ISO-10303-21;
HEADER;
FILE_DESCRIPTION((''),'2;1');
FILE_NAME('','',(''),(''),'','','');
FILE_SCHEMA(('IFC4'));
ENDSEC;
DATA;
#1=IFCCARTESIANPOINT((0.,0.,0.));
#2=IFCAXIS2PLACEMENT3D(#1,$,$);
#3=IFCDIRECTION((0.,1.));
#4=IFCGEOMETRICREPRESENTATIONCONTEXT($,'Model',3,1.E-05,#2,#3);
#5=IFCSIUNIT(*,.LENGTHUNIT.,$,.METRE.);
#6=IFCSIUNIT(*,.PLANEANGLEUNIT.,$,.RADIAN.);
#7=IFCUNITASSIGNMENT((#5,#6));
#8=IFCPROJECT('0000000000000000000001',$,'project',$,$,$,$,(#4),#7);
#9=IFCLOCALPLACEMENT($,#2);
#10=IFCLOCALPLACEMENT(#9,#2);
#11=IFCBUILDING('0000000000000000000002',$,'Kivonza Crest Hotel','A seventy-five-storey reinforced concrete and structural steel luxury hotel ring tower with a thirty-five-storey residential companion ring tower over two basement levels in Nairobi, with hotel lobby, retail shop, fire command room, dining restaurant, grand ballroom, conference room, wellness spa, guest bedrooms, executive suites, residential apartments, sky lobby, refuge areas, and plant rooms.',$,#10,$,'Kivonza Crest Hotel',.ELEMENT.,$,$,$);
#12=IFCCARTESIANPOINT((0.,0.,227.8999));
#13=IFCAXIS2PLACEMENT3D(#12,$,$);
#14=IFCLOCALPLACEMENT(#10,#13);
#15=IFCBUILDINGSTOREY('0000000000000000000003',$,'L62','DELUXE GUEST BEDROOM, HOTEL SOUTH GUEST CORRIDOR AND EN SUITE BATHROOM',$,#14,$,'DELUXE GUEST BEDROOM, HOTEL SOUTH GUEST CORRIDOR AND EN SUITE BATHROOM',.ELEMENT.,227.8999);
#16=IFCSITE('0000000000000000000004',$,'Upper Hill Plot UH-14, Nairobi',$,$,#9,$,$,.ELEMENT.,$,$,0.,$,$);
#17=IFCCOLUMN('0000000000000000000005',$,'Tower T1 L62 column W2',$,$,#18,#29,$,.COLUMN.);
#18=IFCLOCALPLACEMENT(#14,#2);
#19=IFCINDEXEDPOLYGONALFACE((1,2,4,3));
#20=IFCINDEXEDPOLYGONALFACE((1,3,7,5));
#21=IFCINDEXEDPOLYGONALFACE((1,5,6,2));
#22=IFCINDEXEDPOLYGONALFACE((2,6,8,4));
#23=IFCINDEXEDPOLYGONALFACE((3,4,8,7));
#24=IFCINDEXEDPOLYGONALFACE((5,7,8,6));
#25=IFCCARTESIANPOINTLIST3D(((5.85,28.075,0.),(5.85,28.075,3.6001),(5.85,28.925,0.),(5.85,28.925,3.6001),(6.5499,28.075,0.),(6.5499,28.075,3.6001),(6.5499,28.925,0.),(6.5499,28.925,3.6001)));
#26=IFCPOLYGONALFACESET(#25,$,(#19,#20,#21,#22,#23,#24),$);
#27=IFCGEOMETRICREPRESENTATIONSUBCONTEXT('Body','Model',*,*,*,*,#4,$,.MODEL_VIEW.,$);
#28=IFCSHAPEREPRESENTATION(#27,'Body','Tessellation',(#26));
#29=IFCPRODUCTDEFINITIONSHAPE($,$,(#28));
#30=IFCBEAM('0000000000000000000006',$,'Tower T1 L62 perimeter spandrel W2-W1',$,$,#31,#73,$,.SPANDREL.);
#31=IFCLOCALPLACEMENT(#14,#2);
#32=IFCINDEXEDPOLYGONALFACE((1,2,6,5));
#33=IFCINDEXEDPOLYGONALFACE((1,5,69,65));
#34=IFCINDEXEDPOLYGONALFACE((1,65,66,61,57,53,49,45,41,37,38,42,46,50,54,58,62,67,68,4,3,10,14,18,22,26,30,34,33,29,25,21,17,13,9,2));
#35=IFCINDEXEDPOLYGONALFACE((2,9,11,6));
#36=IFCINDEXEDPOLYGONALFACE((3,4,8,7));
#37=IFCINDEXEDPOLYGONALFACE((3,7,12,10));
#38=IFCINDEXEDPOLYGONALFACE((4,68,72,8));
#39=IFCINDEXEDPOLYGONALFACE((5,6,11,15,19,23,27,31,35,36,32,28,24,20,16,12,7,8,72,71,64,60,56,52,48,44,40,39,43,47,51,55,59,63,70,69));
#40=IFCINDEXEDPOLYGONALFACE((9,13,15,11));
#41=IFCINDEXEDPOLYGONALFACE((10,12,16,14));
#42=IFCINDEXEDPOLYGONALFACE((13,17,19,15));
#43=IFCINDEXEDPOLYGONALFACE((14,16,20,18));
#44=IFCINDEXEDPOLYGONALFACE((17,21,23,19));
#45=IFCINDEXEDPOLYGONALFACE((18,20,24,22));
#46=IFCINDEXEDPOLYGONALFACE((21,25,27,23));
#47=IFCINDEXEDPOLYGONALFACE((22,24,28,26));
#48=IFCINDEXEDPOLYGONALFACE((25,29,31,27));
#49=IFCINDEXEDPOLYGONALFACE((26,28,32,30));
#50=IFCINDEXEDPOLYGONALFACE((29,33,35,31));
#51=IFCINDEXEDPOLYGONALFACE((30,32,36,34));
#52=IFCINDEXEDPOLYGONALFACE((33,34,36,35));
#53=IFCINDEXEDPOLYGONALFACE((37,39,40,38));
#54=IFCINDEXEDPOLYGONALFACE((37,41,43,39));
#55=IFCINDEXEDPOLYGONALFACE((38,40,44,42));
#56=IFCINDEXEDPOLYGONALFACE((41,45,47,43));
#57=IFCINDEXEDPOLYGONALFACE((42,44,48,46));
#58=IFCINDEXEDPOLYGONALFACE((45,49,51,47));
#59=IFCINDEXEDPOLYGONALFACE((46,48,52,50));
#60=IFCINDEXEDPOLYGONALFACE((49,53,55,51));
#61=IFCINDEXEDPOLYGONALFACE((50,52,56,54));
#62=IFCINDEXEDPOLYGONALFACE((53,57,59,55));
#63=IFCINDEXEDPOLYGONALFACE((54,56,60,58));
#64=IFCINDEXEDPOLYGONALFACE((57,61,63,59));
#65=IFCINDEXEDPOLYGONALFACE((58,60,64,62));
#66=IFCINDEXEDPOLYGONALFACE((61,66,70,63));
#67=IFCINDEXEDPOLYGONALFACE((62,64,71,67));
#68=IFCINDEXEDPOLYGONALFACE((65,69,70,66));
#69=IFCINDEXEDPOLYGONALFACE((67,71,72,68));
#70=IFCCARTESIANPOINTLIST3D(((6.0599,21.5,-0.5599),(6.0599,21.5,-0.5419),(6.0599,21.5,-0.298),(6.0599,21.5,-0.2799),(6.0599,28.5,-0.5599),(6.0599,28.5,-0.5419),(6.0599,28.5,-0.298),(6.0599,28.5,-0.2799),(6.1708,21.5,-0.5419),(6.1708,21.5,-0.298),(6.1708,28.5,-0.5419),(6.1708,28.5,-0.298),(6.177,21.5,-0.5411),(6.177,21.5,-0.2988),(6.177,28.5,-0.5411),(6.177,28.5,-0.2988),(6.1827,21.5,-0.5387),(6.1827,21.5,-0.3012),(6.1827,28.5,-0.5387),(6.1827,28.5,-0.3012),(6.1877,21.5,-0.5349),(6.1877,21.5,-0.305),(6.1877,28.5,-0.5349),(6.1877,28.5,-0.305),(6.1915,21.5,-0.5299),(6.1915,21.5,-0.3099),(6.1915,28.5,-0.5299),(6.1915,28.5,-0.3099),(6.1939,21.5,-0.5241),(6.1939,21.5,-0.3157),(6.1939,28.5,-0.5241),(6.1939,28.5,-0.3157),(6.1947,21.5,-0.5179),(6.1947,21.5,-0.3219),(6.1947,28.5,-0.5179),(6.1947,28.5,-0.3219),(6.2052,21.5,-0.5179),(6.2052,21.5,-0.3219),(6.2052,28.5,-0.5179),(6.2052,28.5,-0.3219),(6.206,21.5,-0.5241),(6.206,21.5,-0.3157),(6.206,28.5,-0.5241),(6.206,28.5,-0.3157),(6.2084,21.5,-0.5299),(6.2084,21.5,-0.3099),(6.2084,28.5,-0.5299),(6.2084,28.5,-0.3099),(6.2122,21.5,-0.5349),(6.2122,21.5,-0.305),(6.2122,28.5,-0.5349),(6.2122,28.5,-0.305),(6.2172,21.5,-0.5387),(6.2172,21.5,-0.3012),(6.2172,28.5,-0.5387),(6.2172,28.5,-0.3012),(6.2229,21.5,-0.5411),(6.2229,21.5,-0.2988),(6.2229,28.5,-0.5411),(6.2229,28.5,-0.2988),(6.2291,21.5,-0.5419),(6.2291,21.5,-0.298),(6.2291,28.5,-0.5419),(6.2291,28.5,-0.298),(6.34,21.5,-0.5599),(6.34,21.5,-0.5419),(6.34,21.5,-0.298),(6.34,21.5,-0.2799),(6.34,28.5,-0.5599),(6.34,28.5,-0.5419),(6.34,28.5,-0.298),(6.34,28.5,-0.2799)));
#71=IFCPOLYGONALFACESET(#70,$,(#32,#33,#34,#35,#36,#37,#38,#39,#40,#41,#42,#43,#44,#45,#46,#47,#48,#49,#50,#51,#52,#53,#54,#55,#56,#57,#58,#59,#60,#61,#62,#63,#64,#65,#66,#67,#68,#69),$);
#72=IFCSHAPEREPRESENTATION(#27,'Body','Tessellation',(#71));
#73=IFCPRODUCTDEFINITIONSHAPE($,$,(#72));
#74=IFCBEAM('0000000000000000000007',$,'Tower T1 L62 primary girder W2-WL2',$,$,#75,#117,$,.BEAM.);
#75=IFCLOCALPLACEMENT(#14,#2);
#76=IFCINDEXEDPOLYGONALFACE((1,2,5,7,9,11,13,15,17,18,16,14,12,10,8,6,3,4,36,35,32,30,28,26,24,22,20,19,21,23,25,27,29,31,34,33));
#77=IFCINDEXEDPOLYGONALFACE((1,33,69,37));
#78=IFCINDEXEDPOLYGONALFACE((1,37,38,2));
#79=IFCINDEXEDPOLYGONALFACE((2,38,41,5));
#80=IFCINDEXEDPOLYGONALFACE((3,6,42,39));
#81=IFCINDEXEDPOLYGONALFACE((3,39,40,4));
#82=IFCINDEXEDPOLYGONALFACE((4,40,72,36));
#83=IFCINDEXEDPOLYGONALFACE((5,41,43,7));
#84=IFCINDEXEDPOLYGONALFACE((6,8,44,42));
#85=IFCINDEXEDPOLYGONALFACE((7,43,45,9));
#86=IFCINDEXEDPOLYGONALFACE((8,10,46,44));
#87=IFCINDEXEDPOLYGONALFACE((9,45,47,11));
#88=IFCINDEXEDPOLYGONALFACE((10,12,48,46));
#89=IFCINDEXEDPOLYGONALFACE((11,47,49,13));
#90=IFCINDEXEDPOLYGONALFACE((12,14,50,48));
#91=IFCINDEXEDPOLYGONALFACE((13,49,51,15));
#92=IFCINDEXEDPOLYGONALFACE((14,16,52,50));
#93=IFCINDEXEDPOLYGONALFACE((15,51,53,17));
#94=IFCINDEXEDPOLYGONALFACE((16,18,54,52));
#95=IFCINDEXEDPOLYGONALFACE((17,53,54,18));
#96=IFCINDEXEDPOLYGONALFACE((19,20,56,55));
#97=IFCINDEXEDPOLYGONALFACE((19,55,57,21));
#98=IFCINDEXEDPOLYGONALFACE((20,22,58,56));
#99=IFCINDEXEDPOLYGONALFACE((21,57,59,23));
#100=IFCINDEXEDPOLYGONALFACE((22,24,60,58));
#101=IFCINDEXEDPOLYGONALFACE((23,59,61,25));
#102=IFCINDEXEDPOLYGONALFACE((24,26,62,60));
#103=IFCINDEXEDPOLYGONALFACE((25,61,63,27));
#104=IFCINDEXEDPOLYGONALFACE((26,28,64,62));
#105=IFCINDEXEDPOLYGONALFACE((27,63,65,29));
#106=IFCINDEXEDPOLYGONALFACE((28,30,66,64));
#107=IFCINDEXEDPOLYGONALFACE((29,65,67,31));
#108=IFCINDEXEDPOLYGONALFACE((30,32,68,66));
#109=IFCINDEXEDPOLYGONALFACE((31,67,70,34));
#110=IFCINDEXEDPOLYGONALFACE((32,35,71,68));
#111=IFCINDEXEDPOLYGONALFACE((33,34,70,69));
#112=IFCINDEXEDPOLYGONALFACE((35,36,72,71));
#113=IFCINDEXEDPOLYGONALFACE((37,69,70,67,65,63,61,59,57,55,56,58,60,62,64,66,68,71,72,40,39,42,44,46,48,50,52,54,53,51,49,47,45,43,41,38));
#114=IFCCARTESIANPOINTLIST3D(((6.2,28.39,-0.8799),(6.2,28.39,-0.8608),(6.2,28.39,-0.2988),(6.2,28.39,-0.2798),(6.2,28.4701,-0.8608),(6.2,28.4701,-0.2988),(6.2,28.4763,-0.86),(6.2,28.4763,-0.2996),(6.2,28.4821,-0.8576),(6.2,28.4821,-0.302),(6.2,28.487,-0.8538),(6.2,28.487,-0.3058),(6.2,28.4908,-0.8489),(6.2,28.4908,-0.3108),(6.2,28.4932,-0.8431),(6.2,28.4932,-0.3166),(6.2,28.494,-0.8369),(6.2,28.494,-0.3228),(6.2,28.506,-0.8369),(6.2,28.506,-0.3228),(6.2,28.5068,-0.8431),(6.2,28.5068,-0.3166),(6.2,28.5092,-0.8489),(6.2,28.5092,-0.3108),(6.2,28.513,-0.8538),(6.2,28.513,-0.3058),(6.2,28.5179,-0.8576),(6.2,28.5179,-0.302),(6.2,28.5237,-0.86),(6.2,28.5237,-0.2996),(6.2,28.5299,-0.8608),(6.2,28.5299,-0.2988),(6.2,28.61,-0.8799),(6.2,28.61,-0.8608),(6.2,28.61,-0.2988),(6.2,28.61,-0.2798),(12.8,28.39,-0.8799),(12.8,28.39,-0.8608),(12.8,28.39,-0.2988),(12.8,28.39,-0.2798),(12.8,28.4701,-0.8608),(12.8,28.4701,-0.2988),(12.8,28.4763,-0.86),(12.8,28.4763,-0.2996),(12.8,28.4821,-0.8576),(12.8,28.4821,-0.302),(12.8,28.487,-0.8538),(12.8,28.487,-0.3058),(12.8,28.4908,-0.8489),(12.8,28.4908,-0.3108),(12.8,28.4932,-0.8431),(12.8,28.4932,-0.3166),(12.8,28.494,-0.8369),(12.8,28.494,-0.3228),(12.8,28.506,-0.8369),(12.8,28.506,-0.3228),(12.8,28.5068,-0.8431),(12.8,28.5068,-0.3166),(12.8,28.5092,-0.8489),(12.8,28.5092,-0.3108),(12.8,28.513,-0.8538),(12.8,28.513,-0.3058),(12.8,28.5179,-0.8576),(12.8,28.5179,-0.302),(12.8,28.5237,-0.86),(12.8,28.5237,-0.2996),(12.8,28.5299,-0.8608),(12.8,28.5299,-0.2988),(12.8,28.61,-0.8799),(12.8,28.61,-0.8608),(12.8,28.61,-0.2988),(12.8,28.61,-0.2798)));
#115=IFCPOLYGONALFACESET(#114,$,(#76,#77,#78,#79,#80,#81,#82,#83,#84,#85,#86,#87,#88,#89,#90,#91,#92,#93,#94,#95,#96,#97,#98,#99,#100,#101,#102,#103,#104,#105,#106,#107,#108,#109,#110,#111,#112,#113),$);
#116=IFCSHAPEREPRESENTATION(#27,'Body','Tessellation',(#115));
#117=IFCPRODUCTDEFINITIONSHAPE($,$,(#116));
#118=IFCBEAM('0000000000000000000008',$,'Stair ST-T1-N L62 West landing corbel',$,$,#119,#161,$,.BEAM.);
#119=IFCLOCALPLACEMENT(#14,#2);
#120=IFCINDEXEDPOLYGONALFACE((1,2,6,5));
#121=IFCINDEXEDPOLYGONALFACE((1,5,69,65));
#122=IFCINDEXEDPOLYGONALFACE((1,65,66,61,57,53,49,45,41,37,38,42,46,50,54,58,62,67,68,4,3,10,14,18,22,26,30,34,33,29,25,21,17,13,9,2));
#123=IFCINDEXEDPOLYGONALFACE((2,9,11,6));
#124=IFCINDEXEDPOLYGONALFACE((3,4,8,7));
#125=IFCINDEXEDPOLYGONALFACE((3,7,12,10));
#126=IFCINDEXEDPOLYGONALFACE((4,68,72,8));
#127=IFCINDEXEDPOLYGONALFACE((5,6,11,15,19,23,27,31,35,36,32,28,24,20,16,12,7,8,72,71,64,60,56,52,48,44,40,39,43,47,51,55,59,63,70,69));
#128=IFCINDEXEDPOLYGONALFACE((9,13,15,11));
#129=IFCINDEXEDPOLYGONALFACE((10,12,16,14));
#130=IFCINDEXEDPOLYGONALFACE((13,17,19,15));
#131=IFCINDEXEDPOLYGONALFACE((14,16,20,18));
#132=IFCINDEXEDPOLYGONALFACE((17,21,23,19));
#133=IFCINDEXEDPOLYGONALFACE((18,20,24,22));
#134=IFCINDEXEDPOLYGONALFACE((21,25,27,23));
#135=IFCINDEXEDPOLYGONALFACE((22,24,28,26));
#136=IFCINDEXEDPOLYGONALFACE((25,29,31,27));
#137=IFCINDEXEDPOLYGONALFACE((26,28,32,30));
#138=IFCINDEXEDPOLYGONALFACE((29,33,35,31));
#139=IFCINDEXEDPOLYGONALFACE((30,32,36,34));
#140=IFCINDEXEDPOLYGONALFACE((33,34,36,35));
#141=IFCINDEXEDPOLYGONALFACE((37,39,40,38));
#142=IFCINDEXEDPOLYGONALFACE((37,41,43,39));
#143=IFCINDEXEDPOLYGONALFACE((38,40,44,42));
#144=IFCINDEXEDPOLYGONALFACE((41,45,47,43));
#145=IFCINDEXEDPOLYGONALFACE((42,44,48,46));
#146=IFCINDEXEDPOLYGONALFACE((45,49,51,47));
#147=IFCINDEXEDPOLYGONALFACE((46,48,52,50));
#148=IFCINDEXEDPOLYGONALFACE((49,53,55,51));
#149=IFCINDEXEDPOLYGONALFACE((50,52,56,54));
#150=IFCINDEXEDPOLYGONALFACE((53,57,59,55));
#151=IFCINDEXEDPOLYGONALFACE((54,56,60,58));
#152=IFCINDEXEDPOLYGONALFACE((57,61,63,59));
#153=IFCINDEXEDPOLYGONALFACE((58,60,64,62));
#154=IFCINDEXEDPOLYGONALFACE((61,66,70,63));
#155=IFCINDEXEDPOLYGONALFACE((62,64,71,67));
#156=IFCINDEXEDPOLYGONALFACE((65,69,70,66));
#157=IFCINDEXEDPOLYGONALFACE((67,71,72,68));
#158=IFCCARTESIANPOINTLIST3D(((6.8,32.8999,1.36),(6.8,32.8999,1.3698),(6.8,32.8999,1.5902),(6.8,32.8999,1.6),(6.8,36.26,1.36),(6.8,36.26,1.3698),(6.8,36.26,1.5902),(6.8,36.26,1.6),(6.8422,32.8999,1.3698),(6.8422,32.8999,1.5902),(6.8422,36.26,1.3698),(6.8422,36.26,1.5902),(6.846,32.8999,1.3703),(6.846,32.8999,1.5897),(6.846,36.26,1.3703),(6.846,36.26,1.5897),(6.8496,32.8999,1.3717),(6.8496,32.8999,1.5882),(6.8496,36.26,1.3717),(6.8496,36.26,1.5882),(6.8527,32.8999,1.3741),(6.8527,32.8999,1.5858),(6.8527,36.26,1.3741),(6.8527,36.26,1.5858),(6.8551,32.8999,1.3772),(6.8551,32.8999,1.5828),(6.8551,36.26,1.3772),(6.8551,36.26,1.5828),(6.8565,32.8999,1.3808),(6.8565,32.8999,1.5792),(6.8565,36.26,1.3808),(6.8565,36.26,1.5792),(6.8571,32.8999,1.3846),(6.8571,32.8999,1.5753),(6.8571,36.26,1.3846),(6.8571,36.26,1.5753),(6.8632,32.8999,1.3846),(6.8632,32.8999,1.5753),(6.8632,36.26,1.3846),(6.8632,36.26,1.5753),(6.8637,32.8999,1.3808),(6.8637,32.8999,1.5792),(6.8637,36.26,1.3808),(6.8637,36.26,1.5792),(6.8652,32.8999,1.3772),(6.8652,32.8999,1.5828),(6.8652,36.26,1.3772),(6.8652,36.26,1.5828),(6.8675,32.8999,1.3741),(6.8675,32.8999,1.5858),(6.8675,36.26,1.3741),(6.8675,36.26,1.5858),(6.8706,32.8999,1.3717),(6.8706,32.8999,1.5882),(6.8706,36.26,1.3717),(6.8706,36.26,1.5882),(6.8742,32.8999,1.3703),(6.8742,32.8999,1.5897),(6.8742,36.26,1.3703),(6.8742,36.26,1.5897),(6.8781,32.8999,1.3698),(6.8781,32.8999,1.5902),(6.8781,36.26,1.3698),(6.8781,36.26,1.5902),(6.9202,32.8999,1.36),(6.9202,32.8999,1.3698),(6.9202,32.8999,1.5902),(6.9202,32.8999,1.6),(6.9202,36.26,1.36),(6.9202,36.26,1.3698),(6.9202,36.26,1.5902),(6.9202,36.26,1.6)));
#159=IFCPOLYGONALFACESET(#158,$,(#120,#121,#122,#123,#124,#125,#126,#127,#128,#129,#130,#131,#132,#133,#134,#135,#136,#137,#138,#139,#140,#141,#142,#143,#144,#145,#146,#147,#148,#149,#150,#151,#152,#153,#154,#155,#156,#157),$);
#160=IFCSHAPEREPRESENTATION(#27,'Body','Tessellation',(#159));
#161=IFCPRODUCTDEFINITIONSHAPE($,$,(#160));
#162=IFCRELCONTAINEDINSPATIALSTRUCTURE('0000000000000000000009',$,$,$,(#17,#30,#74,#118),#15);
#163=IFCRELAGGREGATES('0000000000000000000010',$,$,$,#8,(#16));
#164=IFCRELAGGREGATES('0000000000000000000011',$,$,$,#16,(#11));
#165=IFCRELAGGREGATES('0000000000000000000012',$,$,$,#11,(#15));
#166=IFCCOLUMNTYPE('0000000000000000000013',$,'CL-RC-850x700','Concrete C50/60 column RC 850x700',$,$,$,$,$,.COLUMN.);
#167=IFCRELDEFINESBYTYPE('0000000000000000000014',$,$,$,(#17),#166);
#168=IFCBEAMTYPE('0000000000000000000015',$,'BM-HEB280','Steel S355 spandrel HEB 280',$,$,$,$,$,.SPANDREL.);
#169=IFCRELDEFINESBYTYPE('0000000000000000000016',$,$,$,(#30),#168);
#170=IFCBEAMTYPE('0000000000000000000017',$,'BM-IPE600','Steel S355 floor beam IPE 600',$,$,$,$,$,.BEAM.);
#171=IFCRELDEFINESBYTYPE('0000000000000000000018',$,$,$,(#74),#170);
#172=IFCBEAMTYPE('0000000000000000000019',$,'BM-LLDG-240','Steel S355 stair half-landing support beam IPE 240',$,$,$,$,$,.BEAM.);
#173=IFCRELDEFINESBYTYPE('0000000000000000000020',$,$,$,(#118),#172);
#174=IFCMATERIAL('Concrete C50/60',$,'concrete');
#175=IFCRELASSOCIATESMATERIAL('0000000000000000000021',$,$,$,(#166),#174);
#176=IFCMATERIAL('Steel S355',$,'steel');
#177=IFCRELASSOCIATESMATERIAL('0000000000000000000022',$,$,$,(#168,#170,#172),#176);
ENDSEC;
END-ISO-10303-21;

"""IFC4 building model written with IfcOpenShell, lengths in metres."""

from ifc_helpers import new_model, si_unit, direction, frame, origin, origin_2d, place, context, subcontext, project, spatial, rectangle, i_section, extrude, material, material_profile, profile_set, type_object, element, save


model = new_model("IFC4")

# Units and contexts
model_context = context("Model", 3, precision=1e-05, world=origin(), true_north=direction((0.0, 1.0)))
body_context = subcontext(model_context, "Body", "Model", "MODEL_VIEW")
ifc_project = project(units=[si_unit("LENGTHUNIT", "METRE"), si_unit("PLANEANGLEUNIT", "RADIAN")], contexts=[model_context])

# Site, building, storey
site_placement = place(None, origin())
site = spatial("IfcSite", under=ifc_project, at=site_placement, Name="Upper Hill Plot UH-14, Nairobi", CompositionType="ELEMENT", RefElevation=0.0)
building_placement = place(site_placement, origin())
building = spatial("IfcBuilding", under=site, at=building_placement, Name="Kivonza Crest Hotel", Description="A seventy-five-storey reinforced concrete and structural steel luxury hotel ring tower with a thirty-five-storey residential companion ring tower over two basement levels in Nairobi, with hotel lobby, retail shop, fire command room, dining restaurant, grand ballroom, conference room, wellness spa, guest bedrooms, executive suites, residential apartments, sky lobby, refuge areas, and plant rooms.", LongName="Kivonza Crest Hotel", CompositionType="ELEMENT")
storey_placement = place(building_placement, frame((0.0, 0.0, 227.8999)))
storey = spatial("IfcBuildingStorey", under=building, at=storey_placement, Name="L62", Description="DELUXE GUEST BEDROOM, HOTEL SOUTH GUEST CORRIDOR AND EN SUITE BATHROOM", LongName="DELUXE GUEST BEDROOM, HOTEL SOUTH GUEST CORRIDOR AND EN SUITE BATHROOM", CompositionType="ELEMENT", Elevation=227.8999)

# Column
ifc_material_1 = material(Name="Concrete C50/60", Category="concrete")
ifc_material_profile_1 = material_profile(ifc_material_1, rectangle(XDim=0.7, YDim=0.8501, at=origin_2d()), Name="RC 850x700")
ifc_profile_set_1 = profile_set([ifc_material_profile_1], Name="Concrete C50/60")
column_type = type_object("IfcColumnType", Name="CL-RC-850x700", Description="Concrete C50/60 column RC 850x700", PredefinedType="COLUMN", material=ifc_profile_set_1)
column_placement = place(storey_placement, frame((6.2, 28.5, 0.0), z_axis=(0.0, 0.0, 1.0), x_axis=(1.0, 0.0, 0.0)))
element("IfcColumn", 1, at=column_placement, inside=storey, type_object=column_type, Name="Tower T1 L62 column W2", PredefinedType="COLUMN", context=body_context, shape_type="SweptSolid", body=[
    extrude(rectangle(XDim=0.7, YDim=0.8501, at=origin_2d()), origin(), (0.0, 0.0, 1.0), 3.6001),
])

# Beams
ifc_material_2 = material(Name="Steel S355", Category="steel")
ifc_material_profile_2 = material_profile(ifc_material_2, i_section(OverallWidth=0.28, OverallDepth=0.28, WebThickness=0.0105, FlangeThickness=0.0181, FilletRadius=0.0239, at=origin_2d()), Name="HEB 280")
ifc_profile_set_2 = profile_set([ifc_material_profile_2], Name="Steel S355")
beam_type_1 = type_object("IfcBeamType", Name="BM-HEB280", Description="Steel S355 spandrel HEB 280", PredefinedType="SPANDREL", material=ifc_profile_set_2)
beam_1_placement = place(storey_placement, frame((6.2, 28.5, -0.4199), z_axis=(0.0, -1.0, 0.0), x_axis=(1.0, 0.0, 0.0)))
element("IfcBeam", 2, at=beam_1_placement, inside=storey, type_object=beam_type_1, Name="Tower T1 L62 perimeter spandrel W2-W1", PredefinedType="SPANDREL", context=body_context, shape_type="SweptSolid", body=[
    extrude(i_section(OverallWidth=0.28, OverallDepth=0.28, WebThickness=0.0105, FlangeThickness=0.0181, FilletRadius=0.0239, at=origin_2d()), origin(), (0.0, 0.0, 1.0), 7.0),
])
ifc_material_profile_3 = material_profile(ifc_material_2, i_section(OverallWidth=0.22, OverallDepth=0.6001, WebThickness=0.012, FlangeThickness=0.019, FilletRadius=0.0239, at=origin_2d()), Name="IPE 600")
ifc_profile_set_3 = profile_set([ifc_material_profile_3], Name="Steel S355")
beam_type_2 = type_object("IfcBeamType", Name="BM-IPE600", Description="Steel S355 floor beam IPE 600", PredefinedType="BEAM", material=ifc_profile_set_3)
beam_2_placement = place(storey_placement, frame((6.2, 28.5, -0.5798), z_axis=(1.0, 0.0, 0.0), x_axis=(0.0, 1.0, 0.0)))
element("IfcBeam", 3, at=beam_2_placement, inside=storey, type_object=beam_type_2, Name="Tower T1 L62 primary girder W2-WL2", PredefinedType="BEAM", context=body_context, shape_type="SweptSolid", body=[
    extrude(i_section(OverallWidth=0.22, OverallDepth=0.6001, WebThickness=0.012, FlangeThickness=0.019, FilletRadius=0.0239, at=origin_2d()), origin(), (0.0, 0.0, 1.0), 6.6001),
])
ifc_material_profile_4 = material_profile(ifc_material_2, i_section(OverallWidth=0.1201, OverallDepth=0.24, WebThickness=0.0061, FlangeThickness=0.0098, FilletRadius=0.0149, at=origin_2d()), Name="IPE 240")
ifc_profile_set_4 = profile_set([ifc_material_profile_4], Name="Steel S355")
beam_type_3 = type_object("IfcBeamType", Name="BM-LLDG-240", Description="Steel S355 stair half-landing support beam IPE 240", PredefinedType="BEAM", material=ifc_profile_set_4)
beam_3_placement = place(storey_placement, frame((6.8601, 32.8999, 1.48), z_axis=(0.0, 1.0, 0.0), x_axis=(-1.0, 0.0, 0.0)))
element("IfcBeam", 4, at=beam_3_placement, inside=storey, type_object=beam_type_3, Name="Stair ST-T1-N L62 West landing corbel", PredefinedType="BEAM", context=body_context, shape_type="SweptSolid", body=[
    extrude(i_section(OverallWidth=0.1201, OverallDepth=0.24, WebThickness=0.0061, FlangeThickness=0.0098, FilletRadius=0.0149, at=origin_2d()), origin(), (0.0, 0.0, 1.0), 3.3601),
])

save(model, "model.ifc")
